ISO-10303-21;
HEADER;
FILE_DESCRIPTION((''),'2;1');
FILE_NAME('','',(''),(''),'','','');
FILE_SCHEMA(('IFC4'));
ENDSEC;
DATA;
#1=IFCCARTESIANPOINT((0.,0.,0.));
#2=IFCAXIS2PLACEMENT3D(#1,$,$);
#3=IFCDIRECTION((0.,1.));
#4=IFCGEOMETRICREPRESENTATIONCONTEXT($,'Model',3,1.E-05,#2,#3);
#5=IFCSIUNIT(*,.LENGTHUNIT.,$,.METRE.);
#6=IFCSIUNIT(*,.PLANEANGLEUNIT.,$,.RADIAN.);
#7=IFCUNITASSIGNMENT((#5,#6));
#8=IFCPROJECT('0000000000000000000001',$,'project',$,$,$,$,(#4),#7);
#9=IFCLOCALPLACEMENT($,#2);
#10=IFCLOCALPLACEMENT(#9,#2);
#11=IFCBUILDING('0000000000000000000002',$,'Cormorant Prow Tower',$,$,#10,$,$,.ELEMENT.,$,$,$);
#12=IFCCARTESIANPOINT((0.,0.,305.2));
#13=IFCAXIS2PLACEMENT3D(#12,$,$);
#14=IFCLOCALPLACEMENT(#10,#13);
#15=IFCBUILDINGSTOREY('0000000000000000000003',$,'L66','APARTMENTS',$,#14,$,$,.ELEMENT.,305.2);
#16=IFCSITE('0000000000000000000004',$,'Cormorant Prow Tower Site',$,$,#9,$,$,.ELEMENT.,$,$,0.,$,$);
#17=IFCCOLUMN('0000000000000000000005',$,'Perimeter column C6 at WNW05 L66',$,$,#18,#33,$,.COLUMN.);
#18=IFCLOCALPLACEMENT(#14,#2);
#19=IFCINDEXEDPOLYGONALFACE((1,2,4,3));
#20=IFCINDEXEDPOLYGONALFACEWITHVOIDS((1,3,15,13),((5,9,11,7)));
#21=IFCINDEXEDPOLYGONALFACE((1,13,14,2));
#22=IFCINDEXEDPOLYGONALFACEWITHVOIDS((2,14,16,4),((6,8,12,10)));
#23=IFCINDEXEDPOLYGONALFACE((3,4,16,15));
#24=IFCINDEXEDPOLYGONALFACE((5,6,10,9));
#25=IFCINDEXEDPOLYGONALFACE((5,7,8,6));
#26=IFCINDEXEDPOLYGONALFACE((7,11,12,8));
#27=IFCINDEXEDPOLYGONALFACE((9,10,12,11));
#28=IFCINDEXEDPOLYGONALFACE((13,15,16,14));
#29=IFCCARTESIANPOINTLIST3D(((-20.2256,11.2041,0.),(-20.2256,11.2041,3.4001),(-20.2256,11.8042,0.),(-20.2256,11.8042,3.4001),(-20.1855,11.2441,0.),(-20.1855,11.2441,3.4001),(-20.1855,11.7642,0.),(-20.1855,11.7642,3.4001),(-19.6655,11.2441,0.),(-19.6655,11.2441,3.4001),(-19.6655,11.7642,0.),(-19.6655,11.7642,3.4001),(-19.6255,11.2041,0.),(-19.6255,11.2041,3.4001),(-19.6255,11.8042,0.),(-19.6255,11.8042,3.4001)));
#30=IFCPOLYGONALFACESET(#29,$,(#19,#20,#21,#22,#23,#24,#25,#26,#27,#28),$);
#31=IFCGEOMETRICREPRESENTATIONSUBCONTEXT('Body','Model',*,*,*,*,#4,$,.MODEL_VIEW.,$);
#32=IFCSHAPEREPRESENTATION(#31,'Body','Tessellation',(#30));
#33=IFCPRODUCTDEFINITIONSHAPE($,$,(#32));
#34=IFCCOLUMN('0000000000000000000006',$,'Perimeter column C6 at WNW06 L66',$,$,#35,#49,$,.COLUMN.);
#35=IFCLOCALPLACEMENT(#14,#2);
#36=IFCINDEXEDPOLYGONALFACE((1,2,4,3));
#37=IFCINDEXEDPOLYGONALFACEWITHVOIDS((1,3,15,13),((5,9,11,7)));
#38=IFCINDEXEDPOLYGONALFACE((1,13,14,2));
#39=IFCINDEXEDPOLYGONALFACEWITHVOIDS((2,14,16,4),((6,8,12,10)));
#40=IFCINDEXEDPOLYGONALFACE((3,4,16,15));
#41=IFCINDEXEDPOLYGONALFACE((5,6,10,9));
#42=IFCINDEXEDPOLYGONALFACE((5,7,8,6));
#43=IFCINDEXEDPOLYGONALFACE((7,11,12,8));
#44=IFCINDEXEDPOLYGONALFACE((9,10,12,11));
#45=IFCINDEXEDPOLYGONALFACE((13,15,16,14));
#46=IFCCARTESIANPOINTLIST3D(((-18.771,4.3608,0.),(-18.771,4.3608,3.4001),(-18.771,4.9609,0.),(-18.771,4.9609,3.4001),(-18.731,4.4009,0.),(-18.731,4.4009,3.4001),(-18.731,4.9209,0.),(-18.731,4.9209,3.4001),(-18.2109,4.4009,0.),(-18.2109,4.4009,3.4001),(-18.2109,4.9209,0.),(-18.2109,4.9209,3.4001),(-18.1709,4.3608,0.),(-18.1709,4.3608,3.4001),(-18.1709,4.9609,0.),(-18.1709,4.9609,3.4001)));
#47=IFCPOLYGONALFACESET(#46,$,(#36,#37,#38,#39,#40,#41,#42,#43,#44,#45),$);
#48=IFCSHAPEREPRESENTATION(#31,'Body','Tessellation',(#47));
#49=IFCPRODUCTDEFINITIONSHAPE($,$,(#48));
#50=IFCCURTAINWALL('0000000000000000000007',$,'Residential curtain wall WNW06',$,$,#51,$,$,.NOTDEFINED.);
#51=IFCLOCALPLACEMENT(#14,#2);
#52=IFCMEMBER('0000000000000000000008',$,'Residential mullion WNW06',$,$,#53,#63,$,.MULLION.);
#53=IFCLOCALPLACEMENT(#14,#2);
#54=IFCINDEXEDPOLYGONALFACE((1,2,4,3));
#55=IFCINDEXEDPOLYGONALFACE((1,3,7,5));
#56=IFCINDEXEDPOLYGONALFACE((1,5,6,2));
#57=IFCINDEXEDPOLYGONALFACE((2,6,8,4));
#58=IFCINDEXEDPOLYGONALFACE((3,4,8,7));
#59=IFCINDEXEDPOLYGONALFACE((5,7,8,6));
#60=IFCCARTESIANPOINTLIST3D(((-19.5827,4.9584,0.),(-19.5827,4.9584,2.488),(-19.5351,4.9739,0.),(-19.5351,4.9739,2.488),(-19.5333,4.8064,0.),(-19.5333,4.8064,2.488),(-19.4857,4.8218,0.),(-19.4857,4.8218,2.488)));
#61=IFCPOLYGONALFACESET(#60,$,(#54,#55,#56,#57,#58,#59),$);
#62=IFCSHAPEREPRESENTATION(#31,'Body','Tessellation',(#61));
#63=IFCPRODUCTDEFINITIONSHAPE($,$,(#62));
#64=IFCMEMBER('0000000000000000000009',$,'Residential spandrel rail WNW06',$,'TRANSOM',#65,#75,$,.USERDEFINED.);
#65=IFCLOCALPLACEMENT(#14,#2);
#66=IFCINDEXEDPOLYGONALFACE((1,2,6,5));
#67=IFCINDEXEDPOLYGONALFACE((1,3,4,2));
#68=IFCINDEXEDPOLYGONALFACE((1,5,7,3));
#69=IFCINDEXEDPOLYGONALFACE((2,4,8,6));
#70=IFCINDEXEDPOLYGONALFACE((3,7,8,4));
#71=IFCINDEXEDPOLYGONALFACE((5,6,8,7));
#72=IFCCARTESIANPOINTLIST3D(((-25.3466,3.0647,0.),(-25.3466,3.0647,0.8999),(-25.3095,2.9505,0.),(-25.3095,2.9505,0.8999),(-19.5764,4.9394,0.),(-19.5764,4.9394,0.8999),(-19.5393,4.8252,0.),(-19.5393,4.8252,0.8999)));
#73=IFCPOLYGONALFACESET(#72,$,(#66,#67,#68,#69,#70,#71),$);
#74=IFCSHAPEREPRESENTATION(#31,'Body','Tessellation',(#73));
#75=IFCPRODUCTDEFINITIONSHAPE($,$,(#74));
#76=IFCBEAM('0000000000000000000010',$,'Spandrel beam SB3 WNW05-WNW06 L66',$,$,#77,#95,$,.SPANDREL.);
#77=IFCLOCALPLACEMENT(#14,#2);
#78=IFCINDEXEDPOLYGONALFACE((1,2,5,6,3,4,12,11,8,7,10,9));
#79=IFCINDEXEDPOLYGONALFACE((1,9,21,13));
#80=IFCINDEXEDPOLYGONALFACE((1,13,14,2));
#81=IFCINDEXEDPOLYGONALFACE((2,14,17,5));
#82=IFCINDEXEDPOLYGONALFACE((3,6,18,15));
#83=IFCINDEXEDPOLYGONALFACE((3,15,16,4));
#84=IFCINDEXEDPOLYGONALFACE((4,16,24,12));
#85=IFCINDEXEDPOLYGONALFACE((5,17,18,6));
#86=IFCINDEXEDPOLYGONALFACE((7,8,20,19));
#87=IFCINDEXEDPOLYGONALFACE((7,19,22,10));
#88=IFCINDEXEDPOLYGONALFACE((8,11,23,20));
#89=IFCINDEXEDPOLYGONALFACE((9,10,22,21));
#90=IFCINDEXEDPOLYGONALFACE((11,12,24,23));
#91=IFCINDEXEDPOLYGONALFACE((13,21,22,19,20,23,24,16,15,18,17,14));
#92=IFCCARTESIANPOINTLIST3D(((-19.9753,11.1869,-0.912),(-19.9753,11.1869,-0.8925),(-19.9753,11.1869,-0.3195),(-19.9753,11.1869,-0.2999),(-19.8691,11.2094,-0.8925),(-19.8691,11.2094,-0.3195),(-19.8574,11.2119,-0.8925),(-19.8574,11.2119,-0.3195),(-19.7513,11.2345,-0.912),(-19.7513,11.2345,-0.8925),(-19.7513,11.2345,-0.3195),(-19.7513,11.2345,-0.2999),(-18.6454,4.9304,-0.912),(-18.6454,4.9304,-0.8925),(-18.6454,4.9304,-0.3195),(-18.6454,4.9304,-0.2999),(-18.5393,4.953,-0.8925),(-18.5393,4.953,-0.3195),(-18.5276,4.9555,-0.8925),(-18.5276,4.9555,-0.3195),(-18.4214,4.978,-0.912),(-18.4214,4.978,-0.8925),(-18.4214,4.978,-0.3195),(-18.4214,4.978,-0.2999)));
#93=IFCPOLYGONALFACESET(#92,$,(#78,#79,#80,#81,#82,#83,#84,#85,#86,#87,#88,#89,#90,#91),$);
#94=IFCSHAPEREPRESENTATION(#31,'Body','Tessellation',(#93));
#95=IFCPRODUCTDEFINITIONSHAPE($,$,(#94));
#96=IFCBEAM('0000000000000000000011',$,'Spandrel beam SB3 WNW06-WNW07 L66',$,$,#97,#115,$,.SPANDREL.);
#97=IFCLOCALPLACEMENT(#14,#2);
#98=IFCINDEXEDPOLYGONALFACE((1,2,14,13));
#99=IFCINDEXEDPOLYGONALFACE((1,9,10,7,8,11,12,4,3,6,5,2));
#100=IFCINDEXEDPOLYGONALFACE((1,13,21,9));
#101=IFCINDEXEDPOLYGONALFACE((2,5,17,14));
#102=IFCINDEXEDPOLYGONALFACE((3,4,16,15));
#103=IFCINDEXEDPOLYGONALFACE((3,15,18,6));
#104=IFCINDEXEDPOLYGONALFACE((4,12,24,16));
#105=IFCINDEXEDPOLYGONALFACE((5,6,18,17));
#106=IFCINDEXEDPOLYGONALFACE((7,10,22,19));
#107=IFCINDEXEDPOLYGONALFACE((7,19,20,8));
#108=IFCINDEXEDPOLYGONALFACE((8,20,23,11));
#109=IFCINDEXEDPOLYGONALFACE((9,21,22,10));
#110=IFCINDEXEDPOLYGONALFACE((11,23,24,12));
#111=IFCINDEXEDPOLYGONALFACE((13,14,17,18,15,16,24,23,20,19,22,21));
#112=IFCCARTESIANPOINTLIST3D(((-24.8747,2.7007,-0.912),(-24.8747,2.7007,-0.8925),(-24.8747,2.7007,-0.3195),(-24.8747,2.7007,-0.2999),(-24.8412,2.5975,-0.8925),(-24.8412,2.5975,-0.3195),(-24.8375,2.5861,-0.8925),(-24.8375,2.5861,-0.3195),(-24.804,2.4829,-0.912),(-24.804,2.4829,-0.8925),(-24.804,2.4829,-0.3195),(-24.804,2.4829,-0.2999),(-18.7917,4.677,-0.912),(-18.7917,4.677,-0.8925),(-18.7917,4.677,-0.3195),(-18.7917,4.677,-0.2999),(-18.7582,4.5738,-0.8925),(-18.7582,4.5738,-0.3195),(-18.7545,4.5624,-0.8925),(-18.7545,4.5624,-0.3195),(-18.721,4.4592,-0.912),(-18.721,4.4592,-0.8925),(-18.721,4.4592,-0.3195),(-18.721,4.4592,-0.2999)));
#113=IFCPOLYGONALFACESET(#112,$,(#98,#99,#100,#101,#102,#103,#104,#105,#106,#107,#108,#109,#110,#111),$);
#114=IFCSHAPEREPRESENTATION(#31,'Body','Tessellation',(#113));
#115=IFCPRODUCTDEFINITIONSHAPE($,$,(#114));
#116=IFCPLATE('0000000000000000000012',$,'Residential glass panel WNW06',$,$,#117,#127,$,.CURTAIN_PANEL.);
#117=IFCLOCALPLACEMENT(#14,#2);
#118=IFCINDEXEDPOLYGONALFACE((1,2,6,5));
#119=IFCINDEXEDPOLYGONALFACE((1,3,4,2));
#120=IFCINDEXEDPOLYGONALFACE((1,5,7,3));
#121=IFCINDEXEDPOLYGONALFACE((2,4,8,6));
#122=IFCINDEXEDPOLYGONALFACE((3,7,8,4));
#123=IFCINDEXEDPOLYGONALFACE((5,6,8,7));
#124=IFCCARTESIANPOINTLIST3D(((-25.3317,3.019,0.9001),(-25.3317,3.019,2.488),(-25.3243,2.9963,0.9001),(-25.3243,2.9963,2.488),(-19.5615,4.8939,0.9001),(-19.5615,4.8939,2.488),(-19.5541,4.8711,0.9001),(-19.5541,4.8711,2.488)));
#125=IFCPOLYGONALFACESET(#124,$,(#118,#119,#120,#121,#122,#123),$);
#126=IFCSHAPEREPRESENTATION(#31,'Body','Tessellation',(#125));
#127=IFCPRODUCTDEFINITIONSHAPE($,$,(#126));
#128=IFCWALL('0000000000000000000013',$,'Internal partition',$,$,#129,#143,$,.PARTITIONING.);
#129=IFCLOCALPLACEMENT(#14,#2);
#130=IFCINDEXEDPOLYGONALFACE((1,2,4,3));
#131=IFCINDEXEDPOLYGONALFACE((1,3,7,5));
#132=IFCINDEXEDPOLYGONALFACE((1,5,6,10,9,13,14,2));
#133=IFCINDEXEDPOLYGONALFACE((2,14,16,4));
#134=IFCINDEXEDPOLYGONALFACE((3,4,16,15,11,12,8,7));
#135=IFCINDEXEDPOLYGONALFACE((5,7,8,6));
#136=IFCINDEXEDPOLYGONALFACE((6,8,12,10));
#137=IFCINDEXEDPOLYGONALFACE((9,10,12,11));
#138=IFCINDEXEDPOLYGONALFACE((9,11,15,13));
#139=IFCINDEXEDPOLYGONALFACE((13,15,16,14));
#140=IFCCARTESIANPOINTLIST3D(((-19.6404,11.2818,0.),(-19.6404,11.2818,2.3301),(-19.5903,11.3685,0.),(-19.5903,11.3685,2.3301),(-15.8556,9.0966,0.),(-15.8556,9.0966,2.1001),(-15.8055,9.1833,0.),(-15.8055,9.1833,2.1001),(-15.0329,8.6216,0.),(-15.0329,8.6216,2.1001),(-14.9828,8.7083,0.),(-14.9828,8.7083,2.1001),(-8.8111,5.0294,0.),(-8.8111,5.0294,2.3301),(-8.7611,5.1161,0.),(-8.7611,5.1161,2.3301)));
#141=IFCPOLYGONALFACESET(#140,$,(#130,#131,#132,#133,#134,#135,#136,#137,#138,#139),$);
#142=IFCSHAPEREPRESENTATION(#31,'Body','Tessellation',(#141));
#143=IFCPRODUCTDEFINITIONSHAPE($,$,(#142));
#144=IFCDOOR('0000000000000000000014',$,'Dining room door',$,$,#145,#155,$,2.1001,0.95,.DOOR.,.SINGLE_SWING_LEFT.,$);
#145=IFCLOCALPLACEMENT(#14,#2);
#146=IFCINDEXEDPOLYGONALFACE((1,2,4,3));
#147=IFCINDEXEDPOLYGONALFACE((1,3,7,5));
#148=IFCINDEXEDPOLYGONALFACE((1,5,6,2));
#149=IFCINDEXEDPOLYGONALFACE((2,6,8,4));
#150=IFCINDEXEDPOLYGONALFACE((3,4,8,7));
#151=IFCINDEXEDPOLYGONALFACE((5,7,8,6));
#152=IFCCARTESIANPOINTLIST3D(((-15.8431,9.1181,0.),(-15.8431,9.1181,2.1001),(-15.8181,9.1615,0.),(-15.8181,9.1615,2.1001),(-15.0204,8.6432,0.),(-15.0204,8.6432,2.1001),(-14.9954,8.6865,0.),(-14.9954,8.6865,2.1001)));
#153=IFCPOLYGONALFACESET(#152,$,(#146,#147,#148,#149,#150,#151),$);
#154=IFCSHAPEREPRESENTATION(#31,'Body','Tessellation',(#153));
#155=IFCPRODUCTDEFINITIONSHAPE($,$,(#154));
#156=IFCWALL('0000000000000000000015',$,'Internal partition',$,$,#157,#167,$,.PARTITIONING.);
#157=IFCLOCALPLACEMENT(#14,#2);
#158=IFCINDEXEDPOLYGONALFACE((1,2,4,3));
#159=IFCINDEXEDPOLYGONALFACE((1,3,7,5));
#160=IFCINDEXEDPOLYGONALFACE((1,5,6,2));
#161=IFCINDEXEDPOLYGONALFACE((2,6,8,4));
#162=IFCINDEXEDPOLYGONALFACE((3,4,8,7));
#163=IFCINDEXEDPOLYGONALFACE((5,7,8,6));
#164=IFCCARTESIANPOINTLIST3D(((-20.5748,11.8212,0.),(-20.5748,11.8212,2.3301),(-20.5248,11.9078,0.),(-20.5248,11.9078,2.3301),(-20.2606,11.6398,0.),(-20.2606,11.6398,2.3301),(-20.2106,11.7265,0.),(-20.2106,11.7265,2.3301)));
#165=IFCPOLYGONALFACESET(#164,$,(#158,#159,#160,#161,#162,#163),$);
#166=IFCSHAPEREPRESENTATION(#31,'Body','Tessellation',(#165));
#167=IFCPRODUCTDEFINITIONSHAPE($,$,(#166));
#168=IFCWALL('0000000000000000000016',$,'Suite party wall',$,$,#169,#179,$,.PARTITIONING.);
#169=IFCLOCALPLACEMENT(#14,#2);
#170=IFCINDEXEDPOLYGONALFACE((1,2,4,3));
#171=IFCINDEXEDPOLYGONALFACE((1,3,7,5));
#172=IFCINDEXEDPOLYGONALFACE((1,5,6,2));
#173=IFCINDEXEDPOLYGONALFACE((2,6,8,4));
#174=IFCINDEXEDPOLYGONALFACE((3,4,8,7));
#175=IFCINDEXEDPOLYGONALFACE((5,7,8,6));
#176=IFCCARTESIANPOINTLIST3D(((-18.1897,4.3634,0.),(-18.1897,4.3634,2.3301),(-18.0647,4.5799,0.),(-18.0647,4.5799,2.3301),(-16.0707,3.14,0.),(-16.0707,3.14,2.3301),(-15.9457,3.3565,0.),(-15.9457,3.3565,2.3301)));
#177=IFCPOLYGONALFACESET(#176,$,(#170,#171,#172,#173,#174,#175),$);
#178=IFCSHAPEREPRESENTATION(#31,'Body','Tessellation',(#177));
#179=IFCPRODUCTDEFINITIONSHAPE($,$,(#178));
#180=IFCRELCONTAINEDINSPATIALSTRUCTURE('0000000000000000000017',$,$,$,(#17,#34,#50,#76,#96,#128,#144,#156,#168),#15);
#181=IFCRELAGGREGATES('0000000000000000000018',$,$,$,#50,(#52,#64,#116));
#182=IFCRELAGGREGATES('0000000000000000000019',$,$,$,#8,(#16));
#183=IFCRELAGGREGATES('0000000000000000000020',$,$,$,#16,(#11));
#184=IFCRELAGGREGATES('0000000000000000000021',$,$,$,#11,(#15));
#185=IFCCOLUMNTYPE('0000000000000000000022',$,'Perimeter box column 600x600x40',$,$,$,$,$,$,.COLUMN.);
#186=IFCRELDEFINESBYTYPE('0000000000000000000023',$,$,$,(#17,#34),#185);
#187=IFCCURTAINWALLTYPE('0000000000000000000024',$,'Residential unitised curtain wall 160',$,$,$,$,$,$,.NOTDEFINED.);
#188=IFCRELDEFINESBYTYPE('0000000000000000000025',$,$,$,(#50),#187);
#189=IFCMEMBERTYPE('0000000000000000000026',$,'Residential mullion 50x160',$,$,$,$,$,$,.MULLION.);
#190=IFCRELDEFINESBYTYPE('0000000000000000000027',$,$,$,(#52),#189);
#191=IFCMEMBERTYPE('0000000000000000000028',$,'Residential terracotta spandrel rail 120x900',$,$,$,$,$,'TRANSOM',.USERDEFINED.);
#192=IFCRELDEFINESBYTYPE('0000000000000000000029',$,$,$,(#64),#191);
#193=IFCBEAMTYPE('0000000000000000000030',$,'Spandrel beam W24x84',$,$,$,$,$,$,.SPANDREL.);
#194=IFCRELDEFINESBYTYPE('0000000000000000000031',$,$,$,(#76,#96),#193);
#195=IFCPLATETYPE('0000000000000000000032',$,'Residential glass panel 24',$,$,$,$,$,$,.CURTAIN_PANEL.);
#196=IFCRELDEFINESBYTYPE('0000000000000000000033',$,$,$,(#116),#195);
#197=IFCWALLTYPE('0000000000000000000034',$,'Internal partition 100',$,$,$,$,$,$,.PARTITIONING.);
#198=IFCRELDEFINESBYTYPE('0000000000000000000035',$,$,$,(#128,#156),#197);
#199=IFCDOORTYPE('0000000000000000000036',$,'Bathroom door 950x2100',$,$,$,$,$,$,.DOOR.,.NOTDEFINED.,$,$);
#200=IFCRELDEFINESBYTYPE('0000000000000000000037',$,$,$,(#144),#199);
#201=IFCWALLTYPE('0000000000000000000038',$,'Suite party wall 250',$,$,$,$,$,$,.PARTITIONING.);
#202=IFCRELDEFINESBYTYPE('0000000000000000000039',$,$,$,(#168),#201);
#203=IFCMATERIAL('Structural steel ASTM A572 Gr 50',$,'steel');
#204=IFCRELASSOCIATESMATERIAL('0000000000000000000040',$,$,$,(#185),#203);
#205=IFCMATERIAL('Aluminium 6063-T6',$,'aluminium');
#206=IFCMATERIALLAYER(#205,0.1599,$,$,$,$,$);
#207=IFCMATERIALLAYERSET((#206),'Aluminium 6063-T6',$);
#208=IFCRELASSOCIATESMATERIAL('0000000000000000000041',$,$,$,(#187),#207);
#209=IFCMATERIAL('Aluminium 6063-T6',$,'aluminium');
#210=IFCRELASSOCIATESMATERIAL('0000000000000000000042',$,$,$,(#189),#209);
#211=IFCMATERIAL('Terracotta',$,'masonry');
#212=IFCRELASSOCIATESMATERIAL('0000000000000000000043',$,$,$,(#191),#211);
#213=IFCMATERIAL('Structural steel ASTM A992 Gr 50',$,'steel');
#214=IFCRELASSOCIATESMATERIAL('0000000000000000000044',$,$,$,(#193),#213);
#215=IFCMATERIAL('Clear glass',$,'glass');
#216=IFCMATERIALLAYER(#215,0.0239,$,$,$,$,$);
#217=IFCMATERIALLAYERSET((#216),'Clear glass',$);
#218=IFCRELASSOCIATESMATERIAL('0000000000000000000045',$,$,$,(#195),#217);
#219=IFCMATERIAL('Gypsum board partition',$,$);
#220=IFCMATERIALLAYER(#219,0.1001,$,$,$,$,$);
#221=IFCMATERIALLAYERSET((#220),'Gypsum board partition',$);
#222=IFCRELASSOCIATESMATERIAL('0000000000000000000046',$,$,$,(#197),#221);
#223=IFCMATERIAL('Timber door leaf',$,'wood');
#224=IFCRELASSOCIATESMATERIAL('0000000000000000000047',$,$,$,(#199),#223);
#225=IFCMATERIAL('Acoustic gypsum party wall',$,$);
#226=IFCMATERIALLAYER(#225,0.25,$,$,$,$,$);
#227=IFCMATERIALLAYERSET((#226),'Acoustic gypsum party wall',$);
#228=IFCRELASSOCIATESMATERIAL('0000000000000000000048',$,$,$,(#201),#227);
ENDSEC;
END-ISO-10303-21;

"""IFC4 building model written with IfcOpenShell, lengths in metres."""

from ifc_helpers import new_model, si_unit, direction, frame, frame_2d, origin, origin_2d, place, context, subcontext, project, spatial, rectangle, hollow_rectangle, i_section, extrude, material, layer, layer_set, material_profile, profile_set, type_object, element, fill, aggregate, save


model = new_model("IFC4")

# Units and contexts
model_context = context("Model", 3, precision=1e-05, world=origin(), true_north=direction((0.0, 1.0)))
body_context = subcontext(model_context, "Body", "Model", "MODEL_VIEW")
ifc_project = project(units=[si_unit("LENGTHUNIT", "METRE"), si_unit("PLANEANGLEUNIT", "RADIAN")], contexts=[model_context])

# Site, building, storey
site_placement = place(None, origin())
site = spatial("IfcSite", under=ifc_project, at=site_placement, Name="Cormorant Prow Tower Site", CompositionType="ELEMENT", RefElevation=0.0)
building_placement = place(site_placement, origin())
building = spatial("IfcBuilding", under=site, at=building_placement, Name="Cormorant Prow Tower", CompositionType="ELEMENT")
storey_placement = place(building_placement, frame((0.0, 0.0, 305.2)))
storey = spatial("IfcBuildingStorey", under=building, at=storey_placement, Name="L66", Description="APARTMENTS", CompositionType="ELEMENT", Elevation=305.2)

# Columns
ifc_material_1 = material(Name="Structural steel ASTM A572 Gr 50", Category="steel")
ifc_material_profile_1 = material_profile(ifc_material_1, hollow_rectangle(XDim=0.6001, YDim=0.6001, WallThickness=0.04, at=origin_2d()), Name="Box 600x600x40")
ifc_profile_set_1 = profile_set([ifc_material_profile_1], Name="Structural steel ASTM A572 Gr 50")
column_type = type_object("IfcColumnType", Name="Perimeter box column 600x600x40", PredefinedType="COLUMN", material=ifc_profile_set_1)
for number, where, z_axis, x_axis, name in (
    (1, (-19.9255, 11.5042, 0.0), (0.0, 0.0, 1.0), (1.0, 0.0, 0.0), "Perimeter column C6 at WNW05 L66"),
    (2, (-18.4709, 4.6609, 0.0), (0.0, 0.0, 1.0), (1.0, 0.0, 0.0), "Perimeter column C6 at WNW06 L66"),
):
    element("IfcColumn", number, at=place(storey_placement, frame(where, z_axis=z_axis, x_axis=x_axis)), inside=storey, type_object=column_type, Name=name, PredefinedType="COLUMN", context=body_context, shape_type="SweptSolid", body=[
        extrude(hollow_rectangle(XDim=0.6001, YDim=0.6001, WallThickness=0.04, at=origin_2d()), origin(), (0.0, 0.0, 1.0), 3.4001),
    ])

# Curtain wall, members
ifc_material_2 = material(Name="Aluminium 6063-T6", Category="aluminium")
ifc_layer_1 = layer(ifc_material_2, 0.1599)
ifc_layer_set_1 = layer_set([ifc_layer_1], Name="Aluminium 6063-T6")
curtain_wall_type = type_object("IfcCurtainWallType", Name="Residential unitised curtain wall 160", PredefinedType="NOTDEFINED", material=ifc_layer_set_1)
curtain_wall_placement = place(storey_placement, origin())
curtain_wall = element("IfcCurtainWall", 3, at=curtain_wall_placement, inside=storey, type_object=curtain_wall_type, Name="Residential curtain wall WNW06", PredefinedType="NOTDEFINED")
ifc_material_3 = material(Name="Aluminium 6063-T6", Category="aluminium")
ifc_material_profile_2 = material_profile(ifc_material_3, rectangle(XDim=0.1599, YDim=0.05, at=origin_2d()), Name="Residential mullion 50x160")
ifc_profile_set_2 = profile_set([ifc_material_profile_2], Name="Aluminium 6063-T6")
member_type_1 = type_object("IfcMemberType", Name="Residential mullion 50x160", PredefinedType="MULLION", material=ifc_profile_set_2)
member_1_placement = place(storey_placement, frame((-19.5342, 4.8901, 0.0), z_axis=(0.0, 0.0, 1.0), x_axis=(0.309017, -0.951057, 0.0)))
member_1 = element("IfcMember", 4, at=member_1_placement, type_object=member_type_1, Name="Residential mullion WNW06", PredefinedType="MULLION", context=body_context, shape_type="SweptSolid", body=[
    extrude(rectangle(XDim=0.1599, YDim=0.05, at=origin_2d()), origin(), (0.0, 0.0, 1.0), 2.488),
])
ifc_material_4 = material(Name="Terracotta", Category="masonry")
ifc_material_profile_3 = material_profile(ifc_material_4, rectangle(XDim=0.1201, YDim=0.8999, at=origin_2d()), Name="Residential terracotta spandrel rail 120x900")
ifc_profile_set_3 = profile_set([ifc_material_profile_3], Name="Terracotta")
member_type_2 = type_object("IfcMemberType", Name="Residential terracotta spandrel rail 120x900", ElementType="TRANSOM", PredefinedType="USERDEFINED", material=ifc_profile_set_3)
member_2_placement = place(storey_placement, frame((-19.5579, 4.8823, 0.45), z_axis=(-0.951062, -0.309, 0.0), x_axis=(0.309, -0.951062, 0.0)))
member_2 = element("IfcMember", 5, at=member_2_placement, type_object=member_type_2, Name="Residential spandrel rail WNW06", ObjectType="TRANSOM", PredefinedType="USERDEFINED", context=body_context, shape_type="SweptSolid", body=[
    extrude(rectangle(XDim=0.1201, YDim=0.8999, at=origin_2d()), origin(), (0.0, 0.0, 1.0), 6.0671),
])

# Beams
ifc_material_5 = material(Name="Structural steel ASTM A992 Gr 50", Category="steel")
ifc_material_profile_4 = material_profile(ifc_material_5, i_section(OverallWidth=0.229, OverallDepth=0.6121, WebThickness=0.012, FlangeThickness=0.0195, at=origin_2d()), Name="W24x84")
ifc_profile_set_4 = profile_set([ifc_material_profile_4], Name="Structural steel ASTM A992 Gr 50")
beam_type = type_object("IfcBeamType", Name="Spandrel beam W24x84", PredefinedType="SPANDREL", material=ifc_profile_set_4)
beam_1_placement = place(storey_placement, frame((-19.8633, 11.2107, -0.606), z_axis=(0.207913, -0.978147, 0.0), x_axis=(0.978147, 0.207913, 0.0)))
element("IfcBeam", 6, at=beam_1_placement, inside=storey, type_object=beam_type, Name="Spandrel beam SB3 WNW05-WNW06 L66", PredefinedType="SPANDREL", context=body_context, shape_type="SweptSolid", body=[
    extrude(i_section(OverallWidth=0.229, OverallDepth=0.6121, WebThickness=0.012, FlangeThickness=0.0195, at=origin_2d()), origin(), (0.0, 0.0, 1.0), 6.3962),
])
beam_2_placement = place(storey_placement, frame((-18.7563, 4.5681, -0.606), z_axis=(-0.951064, -0.308993, 0.0), x_axis=(0.308993, -0.951064, 0.0)))
element("IfcBeam", 7, at=beam_2_placement, inside=storey, type_object=beam_type, Name="Spandrel beam SB3 WNW06-WNW07 L66", PredefinedType="SPANDREL", context=body_context, shape_type="SweptSolid", body=[
    extrude(i_section(OverallWidth=0.229, OverallDepth=0.6121, WebThickness=0.012, FlangeThickness=0.0195, at=origin_2d()), origin(), (0.0, 0.0, 1.0), 6.396),
])

# Plate
ifc_material_6 = material(Name="Clear glass", Category="glass")
ifc_layer_2 = layer(ifc_material_6, 0.0239)
ifc_layer_set_2 = layer_set([ifc_layer_2], Name="Clear glass")
plate_type = type_object("IfcPlateType", Name="Residential glass panel 24", PredefinedType="CURTAIN_PANEL", material=ifc_layer_set_2)
plate_placement = place(storey_placement, frame((-22.4429, 3.9451, 0.9001), z_axis=(0.0, 0.0, 1.0), x_axis=(-0.951057, -0.309017, 0.0)))
plate = element("IfcPlate", 8, at=plate_placement, type_object=plate_type, Name="Residential glass panel WNW06", PredefinedType="CURTAIN_PANEL", context=body_context, shape_type="SweptSolid", body=[
    extrude(rectangle(XDim=6.0671, YDim=0.0239, at=origin_2d()), origin(), (0.0, 0.0, 1.0), 1.5879),
])
aggregate(curtain_wall, [member_1, member_2, plate])

# Wall, opening, door
ifc_material_7 = material(Name="Gypsum board partition")
ifc_layer_3 = layer(ifc_material_7, 0.1001)
ifc_layer_set_3 = layer_set([ifc_layer_3], Name="Gypsum board partition")
wall_type_1 = type_object("IfcWallType", Name="Internal partition 100", PredefinedType="PARTITIONING", material=ifc_layer_set_3)
wall_1_placement = place(storey_placement, frame((-19.6155, 11.3252, 0.0), z_axis=(0.0, 0.0, 1.0), x_axis=(0.866021, -0.500007, 0.0)))
wall_1 = element("IfcWall", 9, at=wall_1_placement, inside=storey, type_object=wall_type_1, Name="Internal partition", PredefinedType="PARTITIONING", context=body_context, shape_type="SweptSolid", body=[
    extrude(rectangle(XDim=12.5046, YDim=0.1001, at=frame_2d((6.2524, 0.0))), origin(), (0.0, 0.0, 1.0), 2.3301),
])
opening_1_placement = place(wall_1_placement, frame((4.3704, 0.0, 0.0)))
opening_1 = element("IfcOpeningElement", 10, at=opening_1_placement, cuts=wall_1, PredefinedType="OPENING", context=body_context, shape_type="SweptSolid", body=[
    extrude(rectangle(XDim=0.95, YDim=2.1001, at=frame_2d((0.4751, 1.05))), frame((0.0, 0.0601, 0.0), z_axis=(0.0, -1.0, 0.0), x_axis=(1.0, 0.0, 0.0)), (0.0, 0.0, 1.0), 0.1201),
])
ifc_material_8 = material(Name="Timber door leaf", Category="wood")
door_type_1 = type_object("IfcDoorType", Name="Bathroom door 950x2100", OperationType="NOTDEFINED", PredefinedType="DOOR", material=ifc_material_8)
door_1_placement = place(opening_1_placement, origin())
door_1 = element("IfcDoor", 11, at=door_1_placement, inside=storey, type_object=door_type_1, Name="Dining room door", OperationType="SINGLE_SWING_LEFT", OverallHeight=2.1001, OverallWidth=0.95, PredefinedType="DOOR", context=body_context, shape_type="SweptSolid", body=[
    extrude(rectangle(XDim=0.95, YDim=2.1001, at=frame_2d((0.4751, 1.05))), frame((0.0, 0.0249, 0.0), z_axis=(0.0, -1.0, 0.0), x_axis=(1.0, 0.0, 0.0)), (0.0, 0.0, 1.0), 0.05),
])
fill(opening_1, door_1)

# Walls
wall_2_placement = place(storey_placement, frame((-20.5498, 11.8645, 0.0), z_axis=(0.0, 0.0, 1.0), x_axis=(0.86604, -0.499975, 0.0)))
element("IfcWall", 12, at=wall_2_placement, inside=storey, type_object=wall_type_1, Name="Internal partition", PredefinedType="PARTITIONING", context=body_context, shape_type="SweptSolid", body=[
    extrude(rectangle(XDim=0.3628, YDim=0.1001, at=frame_2d((0.1814, 0.0))), origin(), (0.0, 0.0, 1.0), 2.3301),
])
ifc_material_9 = material(Name="Acoustic gypsum party wall")
ifc_layer_4 = layer(ifc_material_9, 0.25)
ifc_layer_set_4 = layer_set([ifc_layer_4], Name="Acoustic gypsum party wall")
wall_type_2 = type_object("IfcWallType", Name="Suite party wall 250", PredefinedType="PARTITIONING", material=ifc_layer_set_4)
wall_3_placement = place(storey_placement, frame((-18.1272, 4.4717, 0.0), z_axis=(0.0, 0.0, 1.0), x_axis=(0.866018, -0.500013, 0.0)))
element("IfcWall", 13, at=wall_3_placement, inside=storey, type_object=wall_type_2, Name="Suite party wall", PredefinedType="PARTITIONING", context=body_context, shape_type="SweptSolid", body=[
    extrude(rectangle(XDim=2.4468, YDim=0.25, at=frame_2d((1.2234, 0.0))), origin(), (0.0, 0.0, 1.0), 2.3301),
])

save(model, "model.ifc")
